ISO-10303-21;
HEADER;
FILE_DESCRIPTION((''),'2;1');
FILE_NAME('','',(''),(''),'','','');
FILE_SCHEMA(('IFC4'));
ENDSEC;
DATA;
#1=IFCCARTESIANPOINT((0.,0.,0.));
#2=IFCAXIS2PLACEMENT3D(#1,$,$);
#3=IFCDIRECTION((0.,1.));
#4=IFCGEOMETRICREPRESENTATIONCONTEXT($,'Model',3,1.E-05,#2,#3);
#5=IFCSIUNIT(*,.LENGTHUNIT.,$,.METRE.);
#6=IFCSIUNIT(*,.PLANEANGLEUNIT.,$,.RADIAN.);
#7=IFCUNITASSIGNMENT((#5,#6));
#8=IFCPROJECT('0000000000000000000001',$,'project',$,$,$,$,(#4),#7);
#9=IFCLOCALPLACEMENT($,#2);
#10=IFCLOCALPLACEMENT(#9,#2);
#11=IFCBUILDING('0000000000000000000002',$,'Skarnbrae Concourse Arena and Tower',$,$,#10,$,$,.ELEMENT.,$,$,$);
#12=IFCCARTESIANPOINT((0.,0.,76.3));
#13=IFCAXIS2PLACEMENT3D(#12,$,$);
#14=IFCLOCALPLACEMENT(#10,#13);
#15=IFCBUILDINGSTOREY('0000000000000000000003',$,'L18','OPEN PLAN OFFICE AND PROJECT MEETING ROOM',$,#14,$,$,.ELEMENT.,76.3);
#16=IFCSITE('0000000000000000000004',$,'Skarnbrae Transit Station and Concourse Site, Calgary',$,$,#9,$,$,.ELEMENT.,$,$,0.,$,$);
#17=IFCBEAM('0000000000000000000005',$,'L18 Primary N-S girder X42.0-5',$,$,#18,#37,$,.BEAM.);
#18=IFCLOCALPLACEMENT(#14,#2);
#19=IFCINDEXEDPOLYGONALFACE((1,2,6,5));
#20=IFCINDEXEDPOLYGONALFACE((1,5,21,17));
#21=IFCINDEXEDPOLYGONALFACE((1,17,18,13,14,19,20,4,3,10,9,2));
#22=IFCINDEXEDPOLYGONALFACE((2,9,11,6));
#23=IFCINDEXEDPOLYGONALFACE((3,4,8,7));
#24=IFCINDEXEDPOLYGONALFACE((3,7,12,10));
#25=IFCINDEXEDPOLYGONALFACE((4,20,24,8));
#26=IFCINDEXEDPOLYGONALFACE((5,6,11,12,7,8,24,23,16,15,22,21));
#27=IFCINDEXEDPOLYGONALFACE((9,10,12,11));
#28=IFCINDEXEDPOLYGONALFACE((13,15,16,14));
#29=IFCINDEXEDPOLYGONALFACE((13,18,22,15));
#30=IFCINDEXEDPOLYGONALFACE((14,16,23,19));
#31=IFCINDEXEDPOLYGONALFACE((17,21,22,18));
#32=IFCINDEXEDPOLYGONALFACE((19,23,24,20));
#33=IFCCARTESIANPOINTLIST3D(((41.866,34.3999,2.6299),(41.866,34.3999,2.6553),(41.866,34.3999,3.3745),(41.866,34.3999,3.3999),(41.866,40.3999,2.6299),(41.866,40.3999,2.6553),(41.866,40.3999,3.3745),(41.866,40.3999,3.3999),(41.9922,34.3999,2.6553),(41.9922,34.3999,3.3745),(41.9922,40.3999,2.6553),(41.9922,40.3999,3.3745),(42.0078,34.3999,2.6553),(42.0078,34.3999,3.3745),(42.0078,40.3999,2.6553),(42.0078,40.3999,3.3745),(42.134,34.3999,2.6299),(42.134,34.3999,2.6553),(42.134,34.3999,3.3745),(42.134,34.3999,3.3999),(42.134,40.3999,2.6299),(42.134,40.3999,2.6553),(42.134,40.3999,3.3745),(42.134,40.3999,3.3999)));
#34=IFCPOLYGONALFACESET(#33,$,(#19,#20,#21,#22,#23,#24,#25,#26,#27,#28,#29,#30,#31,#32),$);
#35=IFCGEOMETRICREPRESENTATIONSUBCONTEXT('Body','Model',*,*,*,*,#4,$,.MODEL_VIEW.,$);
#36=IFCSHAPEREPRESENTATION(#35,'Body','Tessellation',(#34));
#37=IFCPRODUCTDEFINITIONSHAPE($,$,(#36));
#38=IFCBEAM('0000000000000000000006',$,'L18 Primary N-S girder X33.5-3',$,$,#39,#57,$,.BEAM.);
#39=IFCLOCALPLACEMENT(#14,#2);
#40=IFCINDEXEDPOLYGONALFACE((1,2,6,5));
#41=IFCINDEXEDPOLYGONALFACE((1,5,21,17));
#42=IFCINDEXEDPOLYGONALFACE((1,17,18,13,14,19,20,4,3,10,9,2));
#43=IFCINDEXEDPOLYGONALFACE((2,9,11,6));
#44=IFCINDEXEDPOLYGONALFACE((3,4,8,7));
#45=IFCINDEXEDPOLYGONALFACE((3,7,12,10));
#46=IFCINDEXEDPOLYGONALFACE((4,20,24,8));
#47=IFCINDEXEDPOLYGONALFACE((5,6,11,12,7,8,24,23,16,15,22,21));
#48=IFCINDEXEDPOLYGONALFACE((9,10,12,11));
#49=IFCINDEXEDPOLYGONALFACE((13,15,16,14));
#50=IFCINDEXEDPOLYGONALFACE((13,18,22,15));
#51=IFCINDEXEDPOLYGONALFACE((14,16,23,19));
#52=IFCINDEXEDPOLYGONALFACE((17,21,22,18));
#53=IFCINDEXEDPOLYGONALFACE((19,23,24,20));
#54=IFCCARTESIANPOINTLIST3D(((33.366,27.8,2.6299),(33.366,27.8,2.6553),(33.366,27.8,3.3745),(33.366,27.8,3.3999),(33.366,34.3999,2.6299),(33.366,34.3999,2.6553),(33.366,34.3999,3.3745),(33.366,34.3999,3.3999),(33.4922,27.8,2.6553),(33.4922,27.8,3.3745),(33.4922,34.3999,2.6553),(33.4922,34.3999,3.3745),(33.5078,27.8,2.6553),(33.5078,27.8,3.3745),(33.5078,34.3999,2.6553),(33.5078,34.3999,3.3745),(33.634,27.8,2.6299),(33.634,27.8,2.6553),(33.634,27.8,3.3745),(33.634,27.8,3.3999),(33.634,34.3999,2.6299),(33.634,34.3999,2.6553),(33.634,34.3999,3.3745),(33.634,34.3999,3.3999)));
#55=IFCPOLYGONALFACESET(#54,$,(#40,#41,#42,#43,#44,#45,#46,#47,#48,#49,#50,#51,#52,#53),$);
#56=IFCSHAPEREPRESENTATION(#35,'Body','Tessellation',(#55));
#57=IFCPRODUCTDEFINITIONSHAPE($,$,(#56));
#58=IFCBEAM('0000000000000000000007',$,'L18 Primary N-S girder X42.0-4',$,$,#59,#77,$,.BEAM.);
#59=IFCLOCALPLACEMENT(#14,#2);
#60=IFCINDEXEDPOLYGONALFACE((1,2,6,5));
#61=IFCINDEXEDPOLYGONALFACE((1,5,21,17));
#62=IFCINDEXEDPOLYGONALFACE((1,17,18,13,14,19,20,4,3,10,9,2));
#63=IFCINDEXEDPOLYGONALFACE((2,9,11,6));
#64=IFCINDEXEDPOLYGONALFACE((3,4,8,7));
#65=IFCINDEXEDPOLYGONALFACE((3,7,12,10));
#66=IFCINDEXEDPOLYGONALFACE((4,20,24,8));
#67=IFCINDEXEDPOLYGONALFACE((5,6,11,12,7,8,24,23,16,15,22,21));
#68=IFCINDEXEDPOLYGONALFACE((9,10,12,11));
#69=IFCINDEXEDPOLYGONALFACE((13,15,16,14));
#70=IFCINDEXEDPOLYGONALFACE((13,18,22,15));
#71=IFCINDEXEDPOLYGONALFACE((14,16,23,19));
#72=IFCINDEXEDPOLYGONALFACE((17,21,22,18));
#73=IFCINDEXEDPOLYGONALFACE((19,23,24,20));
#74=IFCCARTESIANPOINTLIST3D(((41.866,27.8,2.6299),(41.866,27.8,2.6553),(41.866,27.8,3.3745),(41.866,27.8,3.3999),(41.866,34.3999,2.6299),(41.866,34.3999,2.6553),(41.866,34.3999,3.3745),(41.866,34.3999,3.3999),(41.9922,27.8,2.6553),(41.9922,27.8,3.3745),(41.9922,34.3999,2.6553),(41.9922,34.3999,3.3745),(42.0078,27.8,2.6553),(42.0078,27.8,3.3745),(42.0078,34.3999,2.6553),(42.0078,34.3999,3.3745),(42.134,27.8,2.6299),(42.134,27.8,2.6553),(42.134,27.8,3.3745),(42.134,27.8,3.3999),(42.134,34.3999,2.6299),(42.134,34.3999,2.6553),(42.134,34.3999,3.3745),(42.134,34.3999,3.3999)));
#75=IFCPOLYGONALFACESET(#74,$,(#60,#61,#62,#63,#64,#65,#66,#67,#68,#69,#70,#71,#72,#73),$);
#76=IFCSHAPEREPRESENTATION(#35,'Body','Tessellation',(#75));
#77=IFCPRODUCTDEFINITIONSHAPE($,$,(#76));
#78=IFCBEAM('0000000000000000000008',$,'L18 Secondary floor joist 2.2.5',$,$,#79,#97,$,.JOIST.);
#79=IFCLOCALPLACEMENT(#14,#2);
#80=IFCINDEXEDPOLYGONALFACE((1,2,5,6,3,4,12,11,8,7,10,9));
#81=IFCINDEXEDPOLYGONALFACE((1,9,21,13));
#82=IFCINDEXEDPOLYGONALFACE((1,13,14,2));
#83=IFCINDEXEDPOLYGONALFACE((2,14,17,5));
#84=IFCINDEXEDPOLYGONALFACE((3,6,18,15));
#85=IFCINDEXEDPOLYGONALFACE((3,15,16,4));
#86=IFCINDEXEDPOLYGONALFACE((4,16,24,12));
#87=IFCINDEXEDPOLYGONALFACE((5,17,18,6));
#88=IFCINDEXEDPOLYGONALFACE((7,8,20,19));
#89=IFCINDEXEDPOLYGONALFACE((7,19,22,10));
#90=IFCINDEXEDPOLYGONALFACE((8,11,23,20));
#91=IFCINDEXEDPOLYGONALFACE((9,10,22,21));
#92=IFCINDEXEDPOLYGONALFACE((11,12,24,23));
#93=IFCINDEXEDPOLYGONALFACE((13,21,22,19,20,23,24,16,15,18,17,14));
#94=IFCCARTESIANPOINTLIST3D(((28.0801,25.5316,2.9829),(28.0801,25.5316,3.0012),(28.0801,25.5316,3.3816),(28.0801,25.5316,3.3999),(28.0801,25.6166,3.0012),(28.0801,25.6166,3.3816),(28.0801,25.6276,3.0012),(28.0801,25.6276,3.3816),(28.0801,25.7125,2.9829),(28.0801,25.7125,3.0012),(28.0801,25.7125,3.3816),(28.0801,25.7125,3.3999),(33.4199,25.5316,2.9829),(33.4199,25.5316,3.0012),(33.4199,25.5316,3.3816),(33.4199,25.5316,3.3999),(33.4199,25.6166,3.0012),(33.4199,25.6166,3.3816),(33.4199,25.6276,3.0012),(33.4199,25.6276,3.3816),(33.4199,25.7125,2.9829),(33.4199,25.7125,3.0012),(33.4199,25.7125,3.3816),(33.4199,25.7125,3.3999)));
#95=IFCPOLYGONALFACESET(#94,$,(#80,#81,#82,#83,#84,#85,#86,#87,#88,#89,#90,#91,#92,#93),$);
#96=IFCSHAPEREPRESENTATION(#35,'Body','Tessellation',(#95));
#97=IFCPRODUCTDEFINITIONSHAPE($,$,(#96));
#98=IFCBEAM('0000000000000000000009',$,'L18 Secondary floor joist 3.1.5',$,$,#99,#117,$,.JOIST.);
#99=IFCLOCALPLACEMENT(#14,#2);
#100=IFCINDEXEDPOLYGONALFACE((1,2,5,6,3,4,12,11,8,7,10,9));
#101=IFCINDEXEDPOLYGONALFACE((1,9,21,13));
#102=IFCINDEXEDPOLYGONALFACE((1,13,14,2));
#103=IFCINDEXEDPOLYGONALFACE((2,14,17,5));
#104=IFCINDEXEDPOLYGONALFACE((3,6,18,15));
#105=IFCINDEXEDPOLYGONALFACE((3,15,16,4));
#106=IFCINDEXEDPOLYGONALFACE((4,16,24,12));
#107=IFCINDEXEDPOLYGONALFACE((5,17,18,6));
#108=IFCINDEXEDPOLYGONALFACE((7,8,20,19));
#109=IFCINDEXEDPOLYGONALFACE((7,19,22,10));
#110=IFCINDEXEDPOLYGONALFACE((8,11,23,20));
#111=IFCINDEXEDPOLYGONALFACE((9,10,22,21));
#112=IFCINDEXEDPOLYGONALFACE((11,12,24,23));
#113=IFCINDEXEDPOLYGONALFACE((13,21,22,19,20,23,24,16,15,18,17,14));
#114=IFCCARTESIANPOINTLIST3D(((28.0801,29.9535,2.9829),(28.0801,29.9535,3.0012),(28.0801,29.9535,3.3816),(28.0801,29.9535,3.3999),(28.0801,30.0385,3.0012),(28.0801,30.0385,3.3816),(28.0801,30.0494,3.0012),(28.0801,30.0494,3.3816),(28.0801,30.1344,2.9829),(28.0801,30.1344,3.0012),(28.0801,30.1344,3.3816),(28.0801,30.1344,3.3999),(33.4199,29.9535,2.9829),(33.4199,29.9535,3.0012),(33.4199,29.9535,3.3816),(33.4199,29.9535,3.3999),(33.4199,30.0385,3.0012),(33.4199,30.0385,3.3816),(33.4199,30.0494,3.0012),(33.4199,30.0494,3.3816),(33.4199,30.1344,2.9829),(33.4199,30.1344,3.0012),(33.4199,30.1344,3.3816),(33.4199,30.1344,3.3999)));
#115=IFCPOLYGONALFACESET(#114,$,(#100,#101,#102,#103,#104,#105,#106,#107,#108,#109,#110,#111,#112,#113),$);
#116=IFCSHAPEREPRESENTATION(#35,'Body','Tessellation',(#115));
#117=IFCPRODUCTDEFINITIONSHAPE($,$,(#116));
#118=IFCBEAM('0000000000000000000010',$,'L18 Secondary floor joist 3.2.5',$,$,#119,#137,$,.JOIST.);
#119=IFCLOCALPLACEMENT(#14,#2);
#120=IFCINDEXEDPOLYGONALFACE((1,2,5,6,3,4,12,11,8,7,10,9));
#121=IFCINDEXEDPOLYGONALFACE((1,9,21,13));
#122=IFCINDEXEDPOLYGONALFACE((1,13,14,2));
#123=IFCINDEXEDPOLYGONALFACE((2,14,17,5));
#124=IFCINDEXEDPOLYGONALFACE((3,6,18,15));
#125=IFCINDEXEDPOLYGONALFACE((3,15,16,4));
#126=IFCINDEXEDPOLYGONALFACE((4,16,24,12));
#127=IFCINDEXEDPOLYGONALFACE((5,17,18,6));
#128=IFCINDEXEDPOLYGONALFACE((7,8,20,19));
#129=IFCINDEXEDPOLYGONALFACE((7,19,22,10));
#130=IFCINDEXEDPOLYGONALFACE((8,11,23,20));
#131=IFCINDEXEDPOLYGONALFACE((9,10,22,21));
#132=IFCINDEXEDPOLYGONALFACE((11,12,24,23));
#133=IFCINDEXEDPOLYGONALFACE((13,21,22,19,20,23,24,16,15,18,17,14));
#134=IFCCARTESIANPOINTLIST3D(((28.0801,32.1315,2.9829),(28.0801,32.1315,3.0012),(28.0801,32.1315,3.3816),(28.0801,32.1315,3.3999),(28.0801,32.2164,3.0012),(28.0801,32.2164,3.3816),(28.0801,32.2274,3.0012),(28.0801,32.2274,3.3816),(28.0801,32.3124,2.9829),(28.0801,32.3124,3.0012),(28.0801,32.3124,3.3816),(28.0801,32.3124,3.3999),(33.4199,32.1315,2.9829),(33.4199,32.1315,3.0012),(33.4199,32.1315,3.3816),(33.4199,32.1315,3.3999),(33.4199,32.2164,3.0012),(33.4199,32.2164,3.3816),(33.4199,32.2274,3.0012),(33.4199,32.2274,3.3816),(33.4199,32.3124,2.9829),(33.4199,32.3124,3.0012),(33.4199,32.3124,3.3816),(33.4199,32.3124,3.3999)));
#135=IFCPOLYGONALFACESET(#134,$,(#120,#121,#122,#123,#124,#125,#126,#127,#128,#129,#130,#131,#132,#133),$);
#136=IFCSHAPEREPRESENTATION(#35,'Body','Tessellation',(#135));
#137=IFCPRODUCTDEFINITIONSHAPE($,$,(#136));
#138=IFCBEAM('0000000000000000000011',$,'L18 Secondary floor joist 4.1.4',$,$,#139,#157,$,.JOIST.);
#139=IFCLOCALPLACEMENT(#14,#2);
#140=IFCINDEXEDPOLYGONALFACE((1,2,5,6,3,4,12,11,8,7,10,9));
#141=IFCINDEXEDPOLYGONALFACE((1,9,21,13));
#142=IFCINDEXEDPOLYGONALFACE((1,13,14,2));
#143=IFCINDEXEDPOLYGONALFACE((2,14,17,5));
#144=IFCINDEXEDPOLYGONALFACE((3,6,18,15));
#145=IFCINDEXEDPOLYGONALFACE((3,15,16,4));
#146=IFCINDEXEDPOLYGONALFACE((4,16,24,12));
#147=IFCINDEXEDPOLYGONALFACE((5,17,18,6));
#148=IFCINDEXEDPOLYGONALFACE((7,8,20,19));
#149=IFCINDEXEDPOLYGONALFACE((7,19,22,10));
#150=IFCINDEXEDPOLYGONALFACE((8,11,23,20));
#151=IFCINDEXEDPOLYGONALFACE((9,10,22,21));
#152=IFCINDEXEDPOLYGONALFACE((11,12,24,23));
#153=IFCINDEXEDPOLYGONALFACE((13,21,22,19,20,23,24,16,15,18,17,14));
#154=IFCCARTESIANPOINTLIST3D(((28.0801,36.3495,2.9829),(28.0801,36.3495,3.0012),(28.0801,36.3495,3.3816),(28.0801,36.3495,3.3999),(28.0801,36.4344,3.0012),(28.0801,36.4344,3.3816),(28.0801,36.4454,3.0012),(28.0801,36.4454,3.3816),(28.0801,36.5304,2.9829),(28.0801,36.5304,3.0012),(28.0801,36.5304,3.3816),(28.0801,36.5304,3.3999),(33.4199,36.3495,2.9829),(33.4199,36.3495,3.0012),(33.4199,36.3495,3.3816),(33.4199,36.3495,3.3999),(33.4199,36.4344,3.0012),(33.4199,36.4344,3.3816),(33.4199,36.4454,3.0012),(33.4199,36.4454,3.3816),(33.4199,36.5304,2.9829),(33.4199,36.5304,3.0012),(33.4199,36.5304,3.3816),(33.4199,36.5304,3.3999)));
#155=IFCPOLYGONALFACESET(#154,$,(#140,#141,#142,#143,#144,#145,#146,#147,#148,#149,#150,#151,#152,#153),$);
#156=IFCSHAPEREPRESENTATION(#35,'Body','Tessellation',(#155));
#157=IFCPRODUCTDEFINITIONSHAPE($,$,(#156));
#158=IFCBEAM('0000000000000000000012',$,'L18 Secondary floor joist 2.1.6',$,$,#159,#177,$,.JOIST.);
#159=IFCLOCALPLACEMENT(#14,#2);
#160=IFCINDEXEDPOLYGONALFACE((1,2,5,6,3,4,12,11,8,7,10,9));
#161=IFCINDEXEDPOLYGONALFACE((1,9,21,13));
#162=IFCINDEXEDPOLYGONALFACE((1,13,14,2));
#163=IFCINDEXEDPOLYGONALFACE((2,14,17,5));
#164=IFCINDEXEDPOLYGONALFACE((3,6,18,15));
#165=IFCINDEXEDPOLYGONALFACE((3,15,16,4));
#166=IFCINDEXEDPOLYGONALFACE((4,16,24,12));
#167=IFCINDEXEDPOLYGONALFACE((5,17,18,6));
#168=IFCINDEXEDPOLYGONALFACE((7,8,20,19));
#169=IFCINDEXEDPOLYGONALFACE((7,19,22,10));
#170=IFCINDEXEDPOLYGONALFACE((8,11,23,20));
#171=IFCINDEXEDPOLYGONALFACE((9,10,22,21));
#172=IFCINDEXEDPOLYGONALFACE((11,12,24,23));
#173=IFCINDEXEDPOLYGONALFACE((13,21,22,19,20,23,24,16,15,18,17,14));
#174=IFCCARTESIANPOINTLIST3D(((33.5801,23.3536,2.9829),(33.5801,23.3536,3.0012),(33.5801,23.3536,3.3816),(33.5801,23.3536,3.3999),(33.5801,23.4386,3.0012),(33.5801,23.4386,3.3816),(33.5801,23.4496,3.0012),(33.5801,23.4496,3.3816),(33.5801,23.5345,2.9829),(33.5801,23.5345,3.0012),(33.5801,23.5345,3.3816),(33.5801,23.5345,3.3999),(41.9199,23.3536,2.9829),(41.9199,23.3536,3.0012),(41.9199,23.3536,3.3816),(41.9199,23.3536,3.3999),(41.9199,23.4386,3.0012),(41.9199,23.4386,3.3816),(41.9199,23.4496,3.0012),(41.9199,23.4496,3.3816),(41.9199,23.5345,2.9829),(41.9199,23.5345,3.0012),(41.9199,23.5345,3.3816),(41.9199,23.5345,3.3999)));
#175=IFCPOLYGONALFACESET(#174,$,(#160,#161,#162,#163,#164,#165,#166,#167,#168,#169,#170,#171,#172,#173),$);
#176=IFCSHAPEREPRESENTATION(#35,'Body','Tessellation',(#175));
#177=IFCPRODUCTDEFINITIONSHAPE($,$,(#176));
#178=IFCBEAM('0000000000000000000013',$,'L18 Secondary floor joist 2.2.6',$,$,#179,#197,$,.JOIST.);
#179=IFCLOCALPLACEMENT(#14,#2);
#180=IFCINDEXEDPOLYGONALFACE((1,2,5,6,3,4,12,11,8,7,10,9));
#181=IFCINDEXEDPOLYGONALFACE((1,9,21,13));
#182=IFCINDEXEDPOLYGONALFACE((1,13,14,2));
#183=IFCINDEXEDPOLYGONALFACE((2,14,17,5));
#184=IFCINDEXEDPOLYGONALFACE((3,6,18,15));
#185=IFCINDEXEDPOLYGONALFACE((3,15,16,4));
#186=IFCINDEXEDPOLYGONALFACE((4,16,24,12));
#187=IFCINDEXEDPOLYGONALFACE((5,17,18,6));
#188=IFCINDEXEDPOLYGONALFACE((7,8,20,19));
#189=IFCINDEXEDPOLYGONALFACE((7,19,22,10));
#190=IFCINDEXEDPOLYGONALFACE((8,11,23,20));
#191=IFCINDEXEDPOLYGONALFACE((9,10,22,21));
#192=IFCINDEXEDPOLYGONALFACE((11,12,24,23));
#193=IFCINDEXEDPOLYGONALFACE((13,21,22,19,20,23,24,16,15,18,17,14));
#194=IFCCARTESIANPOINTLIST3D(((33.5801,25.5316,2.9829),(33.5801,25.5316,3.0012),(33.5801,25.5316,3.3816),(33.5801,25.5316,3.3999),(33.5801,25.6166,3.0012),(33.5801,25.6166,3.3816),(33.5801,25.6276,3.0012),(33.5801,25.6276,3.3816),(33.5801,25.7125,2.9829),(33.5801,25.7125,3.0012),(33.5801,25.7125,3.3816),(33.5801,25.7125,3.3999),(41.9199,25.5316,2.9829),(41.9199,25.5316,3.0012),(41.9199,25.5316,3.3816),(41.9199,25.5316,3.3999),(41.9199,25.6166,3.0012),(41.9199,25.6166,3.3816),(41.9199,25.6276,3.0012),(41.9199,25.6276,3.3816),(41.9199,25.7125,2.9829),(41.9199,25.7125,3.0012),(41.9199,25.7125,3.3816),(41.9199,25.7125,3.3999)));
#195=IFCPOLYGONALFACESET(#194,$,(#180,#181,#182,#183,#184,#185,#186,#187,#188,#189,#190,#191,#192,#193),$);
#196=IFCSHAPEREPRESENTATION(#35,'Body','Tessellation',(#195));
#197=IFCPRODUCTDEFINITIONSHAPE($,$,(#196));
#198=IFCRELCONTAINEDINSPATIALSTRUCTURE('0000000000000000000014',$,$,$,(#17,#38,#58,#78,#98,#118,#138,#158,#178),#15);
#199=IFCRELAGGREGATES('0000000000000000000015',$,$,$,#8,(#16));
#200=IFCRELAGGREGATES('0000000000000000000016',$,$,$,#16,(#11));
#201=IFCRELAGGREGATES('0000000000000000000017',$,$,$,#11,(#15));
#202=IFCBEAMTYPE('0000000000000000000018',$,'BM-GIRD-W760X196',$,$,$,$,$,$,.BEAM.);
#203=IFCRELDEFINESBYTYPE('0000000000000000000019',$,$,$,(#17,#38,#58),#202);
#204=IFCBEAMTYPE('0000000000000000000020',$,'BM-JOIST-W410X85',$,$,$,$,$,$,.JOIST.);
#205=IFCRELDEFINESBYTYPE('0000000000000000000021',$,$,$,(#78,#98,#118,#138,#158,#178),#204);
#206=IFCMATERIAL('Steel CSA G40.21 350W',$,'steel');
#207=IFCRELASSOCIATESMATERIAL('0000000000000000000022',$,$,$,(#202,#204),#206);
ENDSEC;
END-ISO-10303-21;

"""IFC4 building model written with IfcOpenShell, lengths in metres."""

from ifc_helpers import new_model, si_unit, direction, frame, origin, origin_2d, place, context, subcontext, project, spatial, i_section, extrude, source, transform, mapped, material, material_profile, profile_set, type_object, element, save


model = new_model("IFC4")

# Units and contexts
model_context = context("Model", 3, precision=1e-05, world=origin(), true_north=direction((0.0, 1.0)))
body_context = subcontext(model_context, "Body", "Model", "MODEL_VIEW")
ifc_project = project(units=[si_unit("LENGTHUNIT", "METRE"), si_unit("PLANEANGLEUNIT", "RADIAN")], contexts=[model_context])

# Site, building, storey
site_placement = place(None, origin())
site = spatial("IfcSite", under=ifc_project, at=site_placement, Name="Skarnbrae Transit Station and Concourse Site, Calgary", CompositionType="ELEMENT", RefElevation=0.0)
building_placement = place(site_placement, origin())
building = spatial("IfcBuilding", under=site, at=building_placement, Name="Skarnbrae Concourse Arena and Tower", CompositionType="ELEMENT")
storey_placement = place(building_placement, frame((0.0, 0.0, 76.3)))
storey = spatial("IfcBuildingStorey", under=building, at=storey_placement, Name="L18", Description="OPEN PLAN OFFICE AND PROJECT MEETING ROOM", CompositionType="ELEMENT", Elevation=76.3)

# Shared definitions
ifc_material_1 = material(Name="Steel CSA G40.21 350W", Category="steel")

# Beams
ifc_material_profile_1 = material_profile(ifc_material_1, i_section(OverallWidth=0.2681, OverallDepth=0.77, WebThickness=0.0156, FlangeThickness=0.0254, at=origin_2d()), Name="W760X196")
ifc_profile_set_1 = profile_set([ifc_material_profile_1], Name="Steel CSA G40.21 350W")
beam_type_1 = type_object("IfcBeamType", Name="BM-GIRD-W760X196", PredefinedType="BEAM", material=ifc_profile_set_1)
shared_shape_1 = source(origin(), body_context, "Body", "SweptSolid", [
    extrude(i_section(OverallWidth=0.2681, OverallDepth=0.77, WebThickness=0.0156, FlangeThickness=0.0254, at=origin_2d()), origin(), (0.0, 0.0, 1.0), 6.0),
])
for number, where, z_axis, x_axis, name in (
    (1, (42.0, 34.3999, 3.0149), (0.0, 1.0, 0.0), (-1.0, 0.0, 0.0), "L18 Primary N-S girder X42.0-5"),
):
    element("IfcBeam", number, at=place(storey_placement, frame(where, z_axis=z_axis, x_axis=x_axis)), inside=storey, type_object=beam_type_1, Name=name, PredefinedType="BEAM", context=body_context, shape_type="MappedRepresentation", body=[
        mapped(shared_shape_1, transform((0.0, 0.0, 0.0))),
    ])
shared_shape_2 = source(origin(), body_context, "Body", "SweptSolid", [
    extrude(i_section(OverallWidth=0.2681, OverallDepth=0.77, WebThickness=0.0156, FlangeThickness=0.0254, at=origin_2d()), origin(), (0.0, 0.0, 1.0), 6.5999),
])
for number, where, z_axis, x_axis, name in (
    (2, (33.5, 27.8, 3.0149), (0.0, 1.0, 0.0), (-1.0, 0.0, 0.0), "L18 Primary N-S girder X33.5-3"),
    (3, (42.0, 27.8, 3.0149), (0.0, 1.0, 0.0), (-1.0, 0.0, 0.0), "L18 Primary N-S girder X42.0-4"),
):
    element("IfcBeam", number, at=place(storey_placement, frame(where, z_axis=z_axis, x_axis=x_axis)), inside=storey, type_object=beam_type_1, Name=name, PredefinedType="BEAM", context=body_context, shape_type="MappedRepresentation", body=[
        mapped(shared_shape_2, transform((0.0, 0.0, 0.0))),
    ])
ifc_material_profile_2 = material_profile(ifc_material_1, i_section(OverallWidth=0.1809, OverallDepth=0.417, WebThickness=0.011, FlangeThickness=0.0183, at=origin_2d()), Name="W410X85")
ifc_profile_set_2 = profile_set([ifc_material_profile_2], Name="Steel CSA G40.21 350W")
beam_type_2 = type_object("IfcBeamType", Name="BM-JOIST-W410X85", PredefinedType="JOIST", material=ifc_profile_set_2)
shared_shape_3 = source(origin(), body_context, "Body", "SweptSolid", [
    extrude(i_section(OverallWidth=0.1809, OverallDepth=0.417, WebThickness=0.011, FlangeThickness=0.0183, at=origin_2d()), origin(), (0.0, 0.0, 1.0), 5.3398),
])
for number, where, z_axis, x_axis, name in (
    (4, (28.0801, 25.6221, 3.1914), (1.0, 0.0, 0.0), (0.0, 1.0, 0.0), "L18 Secondary floor joist 2.2.5"),
    (5, (28.0801, 30.0439, 3.1914), (1.0, 0.0, 0.0), (0.0, 1.0, 0.0), "L18 Secondary floor joist 3.1.5"),
    (6, (28.0801, 32.2219, 3.1914), (1.0, 0.0, 0.0), (0.0, 1.0, 0.0), "L18 Secondary floor joist 3.2.5"),
    (7, (28.0801, 36.4399, 3.1914), (1.0, 0.0, 0.0), (0.0, 1.0, 0.0), "L18 Secondary floor joist 4.1.4"),
):
    element("IfcBeam", number, at=place(storey_placement, frame(where, z_axis=z_axis, x_axis=x_axis)), inside=storey, type_object=beam_type_2, Name=name, PredefinedType="JOIST", context=body_context, shape_type="MappedRepresentation", body=[
        mapped(shared_shape_3, transform((0.0, 0.0, 0.0))),
    ])
shared_shape_4 = source(origin(), body_context, "Body", "SweptSolid", [
    extrude(i_section(OverallWidth=0.1809, OverallDepth=0.417, WebThickness=0.011, FlangeThickness=0.0183, at=origin_2d()), origin(), (0.0, 0.0, 1.0), 8.3398),
])
for number, where, z_axis, x_axis, name in (
    (8, (33.5801, 23.4441, 3.1914), (1.0, 0.0, 0.0), (0.0, 1.0, 0.0), "L18 Secondary floor joist 2.1.6"),
    (9, (33.5801, 25.6221, 3.1914), (1.0, 0.0, 0.0), (0.0, 1.0, 0.0), "L18 Secondary floor joist 2.2.6"),
):
    element("IfcBeam", number, at=place(storey_placement, frame(where, z_axis=z_axis, x_axis=x_axis)), inside=storey, type_object=beam_type_2, Name=name, PredefinedType="JOIST", context=body_context, shape_type="MappedRepresentation", body=[
        mapped(shared_shape_4, transform((0.0, 0.0, 0.0))),
    ])

save(model, "model.ifc")
